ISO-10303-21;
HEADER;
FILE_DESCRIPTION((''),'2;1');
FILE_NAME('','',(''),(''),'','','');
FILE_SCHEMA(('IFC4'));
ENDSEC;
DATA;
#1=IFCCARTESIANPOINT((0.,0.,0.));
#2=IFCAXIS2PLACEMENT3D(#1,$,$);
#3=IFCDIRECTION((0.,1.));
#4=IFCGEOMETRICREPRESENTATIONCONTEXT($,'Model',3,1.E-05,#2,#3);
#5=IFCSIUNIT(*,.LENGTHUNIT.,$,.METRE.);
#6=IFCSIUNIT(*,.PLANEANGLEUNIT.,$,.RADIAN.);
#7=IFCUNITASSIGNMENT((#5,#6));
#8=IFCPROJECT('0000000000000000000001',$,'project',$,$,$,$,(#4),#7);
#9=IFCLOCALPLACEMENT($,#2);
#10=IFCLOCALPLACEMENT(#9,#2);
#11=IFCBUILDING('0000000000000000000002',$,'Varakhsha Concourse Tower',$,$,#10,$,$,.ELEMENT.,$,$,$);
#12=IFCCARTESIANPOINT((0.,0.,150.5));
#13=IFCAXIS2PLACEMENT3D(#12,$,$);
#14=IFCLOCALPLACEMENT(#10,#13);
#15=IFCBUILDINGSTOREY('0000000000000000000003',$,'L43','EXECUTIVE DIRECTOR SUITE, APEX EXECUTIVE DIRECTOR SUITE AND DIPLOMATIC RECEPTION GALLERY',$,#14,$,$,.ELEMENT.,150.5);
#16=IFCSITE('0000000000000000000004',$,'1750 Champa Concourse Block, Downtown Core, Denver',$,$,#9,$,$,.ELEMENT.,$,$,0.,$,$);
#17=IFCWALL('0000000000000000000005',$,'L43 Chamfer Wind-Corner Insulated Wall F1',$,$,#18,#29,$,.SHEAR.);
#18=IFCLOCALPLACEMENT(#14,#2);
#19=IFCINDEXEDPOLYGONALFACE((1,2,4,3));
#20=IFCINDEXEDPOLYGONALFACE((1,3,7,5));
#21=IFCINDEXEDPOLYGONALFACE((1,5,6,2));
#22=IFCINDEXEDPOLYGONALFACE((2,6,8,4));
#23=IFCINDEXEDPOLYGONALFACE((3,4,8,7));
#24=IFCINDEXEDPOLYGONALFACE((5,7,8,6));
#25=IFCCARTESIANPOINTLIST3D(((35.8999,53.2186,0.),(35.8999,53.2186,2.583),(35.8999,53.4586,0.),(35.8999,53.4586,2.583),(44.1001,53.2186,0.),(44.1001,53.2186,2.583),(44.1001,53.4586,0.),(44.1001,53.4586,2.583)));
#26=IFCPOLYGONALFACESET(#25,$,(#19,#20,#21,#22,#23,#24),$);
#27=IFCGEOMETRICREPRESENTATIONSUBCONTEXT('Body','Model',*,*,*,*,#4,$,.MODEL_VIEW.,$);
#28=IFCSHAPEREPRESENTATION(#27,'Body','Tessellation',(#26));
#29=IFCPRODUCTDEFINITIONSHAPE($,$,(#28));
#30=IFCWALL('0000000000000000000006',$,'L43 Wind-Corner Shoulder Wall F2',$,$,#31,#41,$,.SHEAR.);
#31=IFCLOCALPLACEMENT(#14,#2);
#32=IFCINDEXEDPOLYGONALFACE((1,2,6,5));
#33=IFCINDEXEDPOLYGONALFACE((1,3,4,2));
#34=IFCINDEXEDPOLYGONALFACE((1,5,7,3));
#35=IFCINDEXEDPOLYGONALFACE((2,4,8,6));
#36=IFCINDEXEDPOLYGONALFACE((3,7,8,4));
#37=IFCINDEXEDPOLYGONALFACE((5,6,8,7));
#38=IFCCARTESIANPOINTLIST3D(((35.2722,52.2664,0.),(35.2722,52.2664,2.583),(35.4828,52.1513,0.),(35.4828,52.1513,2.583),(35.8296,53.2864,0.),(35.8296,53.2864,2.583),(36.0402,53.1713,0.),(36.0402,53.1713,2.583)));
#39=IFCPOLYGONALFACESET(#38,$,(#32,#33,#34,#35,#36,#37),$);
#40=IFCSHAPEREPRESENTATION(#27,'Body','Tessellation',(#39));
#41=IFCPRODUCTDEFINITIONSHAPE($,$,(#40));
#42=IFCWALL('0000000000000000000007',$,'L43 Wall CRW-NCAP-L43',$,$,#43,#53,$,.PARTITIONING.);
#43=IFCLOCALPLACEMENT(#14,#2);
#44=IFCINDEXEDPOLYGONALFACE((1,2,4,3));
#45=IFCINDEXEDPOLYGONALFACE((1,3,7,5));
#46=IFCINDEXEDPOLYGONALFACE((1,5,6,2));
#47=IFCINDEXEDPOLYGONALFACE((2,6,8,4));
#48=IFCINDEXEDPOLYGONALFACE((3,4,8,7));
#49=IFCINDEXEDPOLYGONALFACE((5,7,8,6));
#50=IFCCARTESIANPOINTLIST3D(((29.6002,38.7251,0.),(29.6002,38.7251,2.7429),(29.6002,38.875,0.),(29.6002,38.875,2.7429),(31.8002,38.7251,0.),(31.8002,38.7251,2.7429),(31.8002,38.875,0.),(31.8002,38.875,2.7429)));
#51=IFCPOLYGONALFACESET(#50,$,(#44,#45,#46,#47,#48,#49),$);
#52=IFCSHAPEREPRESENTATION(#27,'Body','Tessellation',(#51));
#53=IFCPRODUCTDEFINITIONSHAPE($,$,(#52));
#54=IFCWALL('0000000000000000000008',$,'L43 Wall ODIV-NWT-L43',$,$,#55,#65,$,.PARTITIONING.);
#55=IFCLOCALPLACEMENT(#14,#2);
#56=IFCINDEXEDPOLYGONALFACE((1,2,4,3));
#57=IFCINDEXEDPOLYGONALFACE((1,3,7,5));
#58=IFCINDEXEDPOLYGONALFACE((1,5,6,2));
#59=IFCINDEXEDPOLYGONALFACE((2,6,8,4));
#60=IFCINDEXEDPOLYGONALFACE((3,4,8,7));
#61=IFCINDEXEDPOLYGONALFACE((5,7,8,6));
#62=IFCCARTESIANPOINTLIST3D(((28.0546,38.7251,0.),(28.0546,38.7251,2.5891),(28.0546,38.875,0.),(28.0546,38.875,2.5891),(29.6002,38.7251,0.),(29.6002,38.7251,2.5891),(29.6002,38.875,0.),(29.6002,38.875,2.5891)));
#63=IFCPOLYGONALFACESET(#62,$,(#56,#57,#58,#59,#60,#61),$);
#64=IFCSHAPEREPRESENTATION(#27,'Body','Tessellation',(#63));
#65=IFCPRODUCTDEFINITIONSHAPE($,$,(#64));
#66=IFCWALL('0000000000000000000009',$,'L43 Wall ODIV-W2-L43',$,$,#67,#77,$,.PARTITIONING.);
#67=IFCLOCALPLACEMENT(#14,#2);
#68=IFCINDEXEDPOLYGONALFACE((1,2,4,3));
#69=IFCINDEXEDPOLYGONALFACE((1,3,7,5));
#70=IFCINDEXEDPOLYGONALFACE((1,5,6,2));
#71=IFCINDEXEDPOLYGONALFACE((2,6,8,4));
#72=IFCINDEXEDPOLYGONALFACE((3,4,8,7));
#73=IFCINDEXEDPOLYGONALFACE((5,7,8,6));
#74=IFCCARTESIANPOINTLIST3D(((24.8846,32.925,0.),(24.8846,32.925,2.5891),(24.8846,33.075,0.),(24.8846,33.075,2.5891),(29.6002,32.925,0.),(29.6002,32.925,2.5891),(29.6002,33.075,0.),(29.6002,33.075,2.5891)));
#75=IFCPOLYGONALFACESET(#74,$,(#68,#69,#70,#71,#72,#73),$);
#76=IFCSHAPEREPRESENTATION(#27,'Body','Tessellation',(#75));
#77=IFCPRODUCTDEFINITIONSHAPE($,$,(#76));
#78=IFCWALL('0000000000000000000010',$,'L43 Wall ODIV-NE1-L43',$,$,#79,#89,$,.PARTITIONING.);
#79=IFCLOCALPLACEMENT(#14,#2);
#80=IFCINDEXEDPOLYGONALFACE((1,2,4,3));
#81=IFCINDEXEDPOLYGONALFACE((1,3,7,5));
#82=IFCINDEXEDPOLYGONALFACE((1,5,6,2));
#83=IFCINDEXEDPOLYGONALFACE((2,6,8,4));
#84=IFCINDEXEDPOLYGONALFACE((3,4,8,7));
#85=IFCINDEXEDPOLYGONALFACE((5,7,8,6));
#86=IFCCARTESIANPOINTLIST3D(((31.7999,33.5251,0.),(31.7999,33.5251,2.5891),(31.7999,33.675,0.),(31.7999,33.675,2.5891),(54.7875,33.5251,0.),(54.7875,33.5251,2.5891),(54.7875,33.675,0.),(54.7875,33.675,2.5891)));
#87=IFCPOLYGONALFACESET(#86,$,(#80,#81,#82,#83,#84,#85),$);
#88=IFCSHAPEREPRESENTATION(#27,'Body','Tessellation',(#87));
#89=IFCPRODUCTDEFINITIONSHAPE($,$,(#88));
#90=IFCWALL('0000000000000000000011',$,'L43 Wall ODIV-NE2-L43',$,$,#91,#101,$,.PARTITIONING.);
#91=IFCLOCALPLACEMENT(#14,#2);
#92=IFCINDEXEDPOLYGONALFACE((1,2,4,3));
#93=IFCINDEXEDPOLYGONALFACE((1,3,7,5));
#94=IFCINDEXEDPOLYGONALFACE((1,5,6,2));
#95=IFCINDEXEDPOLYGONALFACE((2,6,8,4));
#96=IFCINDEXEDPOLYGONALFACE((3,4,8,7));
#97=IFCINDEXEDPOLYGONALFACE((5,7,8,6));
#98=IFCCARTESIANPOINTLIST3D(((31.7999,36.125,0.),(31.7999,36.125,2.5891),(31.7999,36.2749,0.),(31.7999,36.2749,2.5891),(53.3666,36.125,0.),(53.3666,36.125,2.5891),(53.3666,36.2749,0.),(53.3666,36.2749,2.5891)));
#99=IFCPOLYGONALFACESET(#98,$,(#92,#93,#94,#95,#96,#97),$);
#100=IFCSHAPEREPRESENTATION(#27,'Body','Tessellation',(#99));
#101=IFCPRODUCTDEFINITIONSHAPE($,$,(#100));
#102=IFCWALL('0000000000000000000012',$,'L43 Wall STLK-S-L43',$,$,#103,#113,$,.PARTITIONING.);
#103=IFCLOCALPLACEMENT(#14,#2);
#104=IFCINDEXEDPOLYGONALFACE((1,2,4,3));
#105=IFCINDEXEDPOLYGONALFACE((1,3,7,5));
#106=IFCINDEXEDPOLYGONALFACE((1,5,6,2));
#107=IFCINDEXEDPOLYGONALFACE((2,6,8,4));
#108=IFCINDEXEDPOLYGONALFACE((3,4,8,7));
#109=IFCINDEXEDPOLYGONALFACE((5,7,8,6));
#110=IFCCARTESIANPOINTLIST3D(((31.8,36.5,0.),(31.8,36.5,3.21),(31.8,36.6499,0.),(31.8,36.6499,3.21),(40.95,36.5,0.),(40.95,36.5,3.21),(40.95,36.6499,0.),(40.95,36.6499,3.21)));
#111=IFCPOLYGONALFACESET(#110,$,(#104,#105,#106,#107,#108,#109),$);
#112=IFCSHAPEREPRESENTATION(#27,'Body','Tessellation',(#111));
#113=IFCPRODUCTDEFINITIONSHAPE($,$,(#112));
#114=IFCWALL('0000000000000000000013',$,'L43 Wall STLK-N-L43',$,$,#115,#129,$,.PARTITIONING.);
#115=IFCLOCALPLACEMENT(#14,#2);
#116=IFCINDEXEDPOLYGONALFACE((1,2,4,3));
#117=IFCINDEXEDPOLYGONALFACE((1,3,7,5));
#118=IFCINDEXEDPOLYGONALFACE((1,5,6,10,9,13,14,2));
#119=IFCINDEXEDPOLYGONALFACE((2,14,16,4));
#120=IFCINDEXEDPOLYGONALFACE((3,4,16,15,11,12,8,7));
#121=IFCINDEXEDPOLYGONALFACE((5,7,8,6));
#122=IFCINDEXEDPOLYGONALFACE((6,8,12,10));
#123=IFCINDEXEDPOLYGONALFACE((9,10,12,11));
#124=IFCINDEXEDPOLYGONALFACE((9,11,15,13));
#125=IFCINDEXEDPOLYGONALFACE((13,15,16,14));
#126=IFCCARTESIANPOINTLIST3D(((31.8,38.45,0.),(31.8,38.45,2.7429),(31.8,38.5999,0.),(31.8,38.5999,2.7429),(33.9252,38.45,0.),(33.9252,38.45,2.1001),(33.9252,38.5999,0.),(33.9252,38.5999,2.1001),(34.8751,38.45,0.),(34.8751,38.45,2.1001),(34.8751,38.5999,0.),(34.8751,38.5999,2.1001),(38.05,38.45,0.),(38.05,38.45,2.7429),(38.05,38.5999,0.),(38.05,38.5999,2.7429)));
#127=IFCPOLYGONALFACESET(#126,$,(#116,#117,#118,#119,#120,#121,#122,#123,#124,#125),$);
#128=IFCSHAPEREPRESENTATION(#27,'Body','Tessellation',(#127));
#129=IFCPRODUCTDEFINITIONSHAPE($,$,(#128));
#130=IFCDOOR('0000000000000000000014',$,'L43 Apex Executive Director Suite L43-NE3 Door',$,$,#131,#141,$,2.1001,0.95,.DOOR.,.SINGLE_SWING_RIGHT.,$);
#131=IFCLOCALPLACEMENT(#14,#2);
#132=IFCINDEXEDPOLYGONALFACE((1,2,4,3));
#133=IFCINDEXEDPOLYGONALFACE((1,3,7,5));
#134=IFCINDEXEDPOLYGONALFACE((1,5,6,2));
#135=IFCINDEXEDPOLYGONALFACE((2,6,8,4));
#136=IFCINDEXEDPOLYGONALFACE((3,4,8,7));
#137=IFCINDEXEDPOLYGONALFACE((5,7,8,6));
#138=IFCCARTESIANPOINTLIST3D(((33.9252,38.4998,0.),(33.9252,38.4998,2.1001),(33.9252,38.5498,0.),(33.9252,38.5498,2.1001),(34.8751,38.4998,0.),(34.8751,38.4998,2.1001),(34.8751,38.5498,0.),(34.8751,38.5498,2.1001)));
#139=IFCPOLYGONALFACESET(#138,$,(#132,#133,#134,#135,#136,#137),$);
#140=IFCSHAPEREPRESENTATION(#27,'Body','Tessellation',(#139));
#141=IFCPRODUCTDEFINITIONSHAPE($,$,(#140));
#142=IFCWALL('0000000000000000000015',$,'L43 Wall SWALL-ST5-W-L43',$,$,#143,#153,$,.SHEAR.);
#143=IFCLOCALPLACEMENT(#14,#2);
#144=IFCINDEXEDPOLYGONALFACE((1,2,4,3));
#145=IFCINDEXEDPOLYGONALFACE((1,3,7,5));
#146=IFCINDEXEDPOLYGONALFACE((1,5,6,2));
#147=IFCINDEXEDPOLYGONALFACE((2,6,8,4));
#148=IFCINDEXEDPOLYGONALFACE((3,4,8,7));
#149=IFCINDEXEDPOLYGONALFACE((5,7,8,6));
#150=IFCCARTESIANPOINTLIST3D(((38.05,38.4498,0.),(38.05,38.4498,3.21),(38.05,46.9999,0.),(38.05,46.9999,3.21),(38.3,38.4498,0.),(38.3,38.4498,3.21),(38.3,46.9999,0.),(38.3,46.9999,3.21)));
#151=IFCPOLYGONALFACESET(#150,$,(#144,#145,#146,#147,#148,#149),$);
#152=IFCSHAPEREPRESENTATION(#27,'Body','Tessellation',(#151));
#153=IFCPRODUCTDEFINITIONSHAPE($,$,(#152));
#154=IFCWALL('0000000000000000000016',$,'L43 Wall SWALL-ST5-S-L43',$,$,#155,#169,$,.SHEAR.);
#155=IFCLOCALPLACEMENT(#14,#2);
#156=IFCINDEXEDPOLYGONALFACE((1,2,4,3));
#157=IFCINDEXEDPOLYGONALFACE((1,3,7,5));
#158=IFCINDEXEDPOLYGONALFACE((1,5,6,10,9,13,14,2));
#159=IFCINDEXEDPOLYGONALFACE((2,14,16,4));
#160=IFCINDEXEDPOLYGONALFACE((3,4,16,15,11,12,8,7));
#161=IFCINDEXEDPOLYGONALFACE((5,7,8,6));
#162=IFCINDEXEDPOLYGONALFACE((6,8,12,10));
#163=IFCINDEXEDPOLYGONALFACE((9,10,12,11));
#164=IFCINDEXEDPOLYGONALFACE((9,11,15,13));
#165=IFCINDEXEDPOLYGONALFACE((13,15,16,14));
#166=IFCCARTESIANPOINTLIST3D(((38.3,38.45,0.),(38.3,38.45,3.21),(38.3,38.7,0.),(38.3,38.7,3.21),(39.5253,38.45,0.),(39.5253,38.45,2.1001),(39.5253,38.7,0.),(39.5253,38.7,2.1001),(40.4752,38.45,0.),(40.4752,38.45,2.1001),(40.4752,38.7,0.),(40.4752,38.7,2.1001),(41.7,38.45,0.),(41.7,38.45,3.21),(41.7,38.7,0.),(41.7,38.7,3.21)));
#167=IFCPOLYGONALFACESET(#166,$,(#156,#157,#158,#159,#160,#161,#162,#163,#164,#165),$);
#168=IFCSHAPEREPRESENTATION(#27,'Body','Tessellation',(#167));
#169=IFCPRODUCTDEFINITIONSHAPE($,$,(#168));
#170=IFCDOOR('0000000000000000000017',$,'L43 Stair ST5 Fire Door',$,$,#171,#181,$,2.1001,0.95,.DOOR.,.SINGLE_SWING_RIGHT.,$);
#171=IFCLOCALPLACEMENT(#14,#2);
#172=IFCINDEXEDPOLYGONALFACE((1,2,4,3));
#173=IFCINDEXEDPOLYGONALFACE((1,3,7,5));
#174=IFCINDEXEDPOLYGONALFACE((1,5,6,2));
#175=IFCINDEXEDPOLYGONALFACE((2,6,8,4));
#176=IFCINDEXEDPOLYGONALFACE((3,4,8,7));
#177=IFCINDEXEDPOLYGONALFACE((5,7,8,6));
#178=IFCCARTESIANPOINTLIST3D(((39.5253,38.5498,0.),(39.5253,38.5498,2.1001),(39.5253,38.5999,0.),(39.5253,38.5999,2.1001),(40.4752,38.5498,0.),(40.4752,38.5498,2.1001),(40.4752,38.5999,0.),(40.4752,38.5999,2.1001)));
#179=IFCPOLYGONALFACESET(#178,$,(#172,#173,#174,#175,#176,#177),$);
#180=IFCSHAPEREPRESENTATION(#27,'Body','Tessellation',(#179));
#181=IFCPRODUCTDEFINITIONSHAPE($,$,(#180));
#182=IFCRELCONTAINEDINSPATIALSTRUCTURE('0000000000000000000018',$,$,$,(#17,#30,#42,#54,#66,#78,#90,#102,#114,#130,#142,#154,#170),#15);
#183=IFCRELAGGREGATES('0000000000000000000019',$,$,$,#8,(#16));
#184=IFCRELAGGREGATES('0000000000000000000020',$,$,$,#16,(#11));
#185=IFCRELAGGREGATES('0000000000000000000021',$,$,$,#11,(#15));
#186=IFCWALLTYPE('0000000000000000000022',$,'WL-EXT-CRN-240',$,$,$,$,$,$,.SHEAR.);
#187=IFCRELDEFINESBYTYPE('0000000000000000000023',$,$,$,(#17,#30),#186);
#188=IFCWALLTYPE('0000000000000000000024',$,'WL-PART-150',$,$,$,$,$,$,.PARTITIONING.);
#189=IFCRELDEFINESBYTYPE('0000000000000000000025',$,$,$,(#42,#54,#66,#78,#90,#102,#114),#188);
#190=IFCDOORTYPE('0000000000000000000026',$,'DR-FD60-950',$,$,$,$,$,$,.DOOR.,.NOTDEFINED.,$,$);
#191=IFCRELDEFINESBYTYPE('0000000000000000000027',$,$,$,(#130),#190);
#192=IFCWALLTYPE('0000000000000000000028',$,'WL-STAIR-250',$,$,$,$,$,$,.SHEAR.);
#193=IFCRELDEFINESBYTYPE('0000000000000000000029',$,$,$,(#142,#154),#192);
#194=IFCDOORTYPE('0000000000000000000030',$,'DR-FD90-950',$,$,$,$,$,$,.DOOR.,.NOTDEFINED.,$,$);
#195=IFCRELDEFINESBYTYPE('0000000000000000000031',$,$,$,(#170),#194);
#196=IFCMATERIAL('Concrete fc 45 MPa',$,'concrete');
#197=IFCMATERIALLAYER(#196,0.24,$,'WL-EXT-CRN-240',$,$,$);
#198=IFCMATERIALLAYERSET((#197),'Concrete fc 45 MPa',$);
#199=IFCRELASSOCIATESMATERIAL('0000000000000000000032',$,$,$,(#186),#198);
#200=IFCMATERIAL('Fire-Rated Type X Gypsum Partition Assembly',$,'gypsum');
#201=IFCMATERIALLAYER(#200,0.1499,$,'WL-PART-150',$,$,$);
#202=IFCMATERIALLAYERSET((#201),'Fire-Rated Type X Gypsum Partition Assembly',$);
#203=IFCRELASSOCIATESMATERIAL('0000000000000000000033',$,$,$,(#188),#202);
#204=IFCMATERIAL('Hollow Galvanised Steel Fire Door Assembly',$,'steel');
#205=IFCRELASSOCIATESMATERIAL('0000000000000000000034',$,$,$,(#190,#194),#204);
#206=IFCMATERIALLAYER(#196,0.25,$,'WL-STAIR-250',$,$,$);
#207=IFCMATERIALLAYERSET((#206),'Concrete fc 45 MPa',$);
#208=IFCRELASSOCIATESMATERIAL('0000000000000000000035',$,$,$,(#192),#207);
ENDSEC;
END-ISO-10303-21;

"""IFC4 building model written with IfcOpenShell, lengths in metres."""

from ifc_helpers import new_model, si_unit, direction, frame, frame_2d, origin, place, context, subcontext, project, spatial, rectangle, extrude, material, layer, layer_set, type_object, element, fill, save


model = new_model("IFC4")

# Units and contexts
model_context = context("Model", 3, precision=1e-05, world=origin(), true_north=direction((0.0, 1.0)))
body_context = subcontext(model_context, "Body", "Model", "MODEL_VIEW")
ifc_project = project(units=[si_unit("LENGTHUNIT", "METRE"), si_unit("PLANEANGLEUNIT", "RADIAN")], contexts=[model_context])

# Site, building, storey
site_placement = place(None, origin())
site = spatial("IfcSite", under=ifc_project, at=site_placement, Name="1750 Champa Concourse Block, Downtown Core, Denver", CompositionType="ELEMENT", RefElevation=0.0)
building_placement = place(site_placement, origin())
building = spatial("IfcBuilding", under=site, at=building_placement, Name="Varakhsha Concourse Tower", CompositionType="ELEMENT")
storey_placement = place(building_placement, frame((0.0, 0.0, 150.5)))
storey = spatial("IfcBuildingStorey", under=building, at=storey_placement, Name="L43", Description="EXECUTIVE DIRECTOR SUITE, APEX EXECUTIVE DIRECTOR SUITE AND DIPLOMATIC RECEPTION GALLERY", CompositionType="ELEMENT", Elevation=150.5)

# Walls
ifc_material_1 = material(Name="Concrete fc 45 MPa", Category="concrete")
ifc_layer_1 = layer(ifc_material_1, 0.24, Name="WL-EXT-CRN-240")
ifc_layer_set_1 = layer_set([ifc_layer_1], Name="Concrete fc 45 MPa")
wall_type_1 = type_object("IfcWallType", Name="WL-EXT-CRN-240", PredefinedType="SHEAR", material=ifc_layer_set_1)
wall_1_placement = place(storey_placement, frame((35.8999, 53.3386, 0.0), z_axis=(0.0, 0.0, 1.0), x_axis=(1.0, 0.0, 0.0)))
element("IfcWall", 1, at=wall_1_placement, inside=storey, type_object=wall_type_1, Name="L43 Chamfer Wind-Corner Insulated Wall F1", PredefinedType="SHEAR", context=body_context, shape_type="SweptSolid", body=[
    extrude(rectangle(XDim=8.2002, YDim=0.24, at=frame_2d((4.1001, 0.0))), origin(), (0.0, 0.0, 1.0), 2.583),
])
wall_2_placement = place(storey_placement, frame((35.9348, 53.2288, 0.0), z_axis=(0.0, 0.0, 1.0), x_axis=(-0.479514, -0.877534, 0.0)))
element("IfcWall", 2, at=wall_2_placement, inside=storey, type_object=wall_type_1, Name="L43 Wind-Corner Shoulder Wall F2", PredefinedType="SHEAR", context=body_context, shape_type="SweptSolid", body=[
    extrude(rectangle(XDim=1.1624, YDim=0.24, at=frame_2d((0.5811, 0.0))), origin(), (0.0, 0.0, 1.0), 2.583),
])
ifc_material_2 = material(Name="Fire-Rated Type X Gypsum Partition Assembly", Category="gypsum")
ifc_layer_2 = layer(ifc_material_2, 0.1499, Name="WL-PART-150")
ifc_layer_set_2 = layer_set([ifc_layer_2], Name="Fire-Rated Type X Gypsum Partition Assembly")
wall_type_2 = type_object("IfcWallType", Name="WL-PART-150", PredefinedType="PARTITIONING", material=ifc_layer_set_2)
wall_3_placement = place(storey_placement, frame((29.6001, 38.8, 0.0), z_axis=(0.0, 0.0, 1.0), x_axis=(1.0, 0.0, 0.0)))
element("IfcWall", 3, at=wall_3_placement, inside=storey, type_object=wall_type_2, Name="L43 Wall CRW-NCAP-L43", PredefinedType="PARTITIONING", context=body_context, shape_type="SweptSolid", body=[
    extrude(rectangle(XDim=2.2, YDim=0.1499, at=frame_2d((1.1001, 0.0))), origin(), (0.0, 0.0, 1.0), 2.7429),
])
wall_4_placement = place(storey_placement, frame((28.0544, 38.8, 0.0), z_axis=(0.0, 0.0, 1.0), x_axis=(1.0, 0.0, 0.0)))
element("IfcWall", 4, at=wall_4_placement, inside=storey, type_object=wall_type_2, Name="L43 Wall ODIV-NWT-L43", PredefinedType="PARTITIONING", context=body_context, shape_type="SweptSolid", body=[
    extrude(rectangle(XDim=1.5457, YDim=0.1499, at=frame_2d((0.7729, 0.0))), origin(), (0.0, 0.0, 1.0), 2.5891),
])
wall_5_placement = place(storey_placement, frame((24.8845, 33.0, 0.0), z_axis=(0.0, 0.0, 1.0), x_axis=(1.0, 0.0, 0.0)))
element("IfcWall", 5, at=wall_5_placement, inside=storey, type_object=wall_type_2, Name="L43 Wall ODIV-W2-L43", PredefinedType="PARTITIONING", context=body_context, shape_type="SweptSolid", body=[
    extrude(rectangle(XDim=4.7156, YDim=0.1499, at=frame_2d((2.3579, 0.0))), origin(), (0.0, 0.0, 1.0), 2.5891),
])
wall_6_placement = place(storey_placement, frame((31.8, 33.6001, 0.0), z_axis=(0.0, 0.0, 1.0), x_axis=(1.0, 0.0, 0.0)))
element("IfcWall", 6, at=wall_6_placement, inside=storey, type_object=wall_type_2, Name="L43 Wall ODIV-NE1-L43", PredefinedType="PARTITIONING", context=body_context, shape_type="SweptSolid", body=[
    extrude(rectangle(XDim=22.9875, YDim=0.1499, at=frame_2d((11.4937, 0.0))), origin(), (0.0, 0.0, 1.0), 2.5891),
])
wall_7_placement = place(storey_placement, frame((31.8, 36.2, 0.0), z_axis=(0.0, 0.0, 1.0), x_axis=(1.0, 0.0, 0.0)))
element("IfcWall", 7, at=wall_7_placement, inside=storey, type_object=wall_type_2, Name="L43 Wall ODIV-NE2-L43", PredefinedType="PARTITIONING", context=body_context, shape_type="SweptSolid", body=[
    extrude(rectangle(XDim=21.5667, YDim=0.1499, at=frame_2d((10.7832, 0.0))), origin(), (0.0, 0.0, 1.0), 2.5891),
])
wall_8_placement = place(storey_placement, frame((31.8, 36.575, 0.0), z_axis=(0.0, 0.0, 1.0), x_axis=(1.0, 0.0, 0.0)))
element("IfcWall", 8, at=wall_8_placement, inside=storey, type_object=wall_type_2, Name="L43 Wall STLK-S-L43", PredefinedType="PARTITIONING", context=body_context, shape_type="SweptSolid", body=[
    extrude(rectangle(XDim=9.1499, YDim=0.1499, at=frame_2d((4.575, 0.0))), origin(), (0.0, 0.0, 1.0), 3.21),
])

# Wall, opening, door
wall_9_placement = place(storey_placement, frame((31.8, 38.5249, 0.0), z_axis=(0.0, 0.0, 1.0), x_axis=(1.0, 0.0, 0.0)))
wall_9 = element("IfcWall", 9, at=wall_9_placement, inside=storey, type_object=wall_type_2, Name="L43 Wall STLK-N-L43", PredefinedType="PARTITIONING", context=body_context, shape_type="SweptSolid", body=[
    extrude(rectangle(XDim=6.25, YDim=0.1499, at=frame_2d((3.125, 0.0))), origin(), (0.0, 0.0, 1.0), 2.7429),
])
opening_1_placement = place(wall_9_placement, frame((2.125, 0.0, 0.0)))
opening_1 = element("IfcOpeningElement", 10, at=opening_1_placement, cuts=wall_9, PredefinedType="OPENING", context=body_context, shape_type="SweptSolid", body=[
    extrude(rectangle(XDim=0.95, YDim=2.1001, at=frame_2d((0.4751, 1.05))), frame((0.0, 0.085, 0.0), z_axis=(0.0, -1.0, 0.0), x_axis=(1.0, 0.0, 0.0)), (0.0, 0.0, 1.0), 0.1699),
])
ifc_material_3 = material(Name="Hollow Galvanised Steel Fire Door Assembly", Category="steel")
door_type_1 = type_object("IfcDoorType", Name="DR-FD60-950", OperationType="NOTDEFINED", PredefinedType="DOOR", material=ifc_material_3)
door_1_placement = place(opening_1_placement, origin())
door_1 = element("IfcDoor", 11, at=door_1_placement, inside=storey, type_object=door_type_1, Name="L43 Apex Executive Director Suite L43-NE3 Door", OperationType="SINGLE_SWING_RIGHT", OverallHeight=2.1001, OverallWidth=0.95, PredefinedType="DOOR", context=body_context, shape_type="SweptSolid", body=[
    extrude(rectangle(XDim=0.95, YDim=2.1001, at=frame_2d((0.4751, 1.05))), frame((0.0, 0.0249, 0.0), z_axis=(0.0, -1.0, 0.0), x_axis=(1.0, 0.0, 0.0)), (0.0, 0.0, 1.0), 0.05),
])
fill(opening_1, door_1)

# Wall
ifc_layer_3 = layer(ifc_material_1, 0.25, Name="WL-STAIR-250")
ifc_layer_set_3 = layer_set([ifc_layer_3], Name="Concrete fc 45 MPa")
wall_type_3 = type_object("IfcWallType", Name="WL-STAIR-250", PredefinedType="SHEAR", material=ifc_layer_set_3)
wall_10_placement = place(storey_placement, frame((38.175, 38.45, 0.0), z_axis=(0.0, 0.0, 1.0), x_axis=(0.0, 1.0, 0.0)))
element("IfcWall", 12, at=wall_10_placement, inside=storey, type_object=wall_type_3, Name="L43 Wall SWALL-ST5-W-L43", PredefinedType="SHEAR", context=body_context, shape_type="SweptSolid", body=[
    extrude(rectangle(XDim=8.55, YDim=0.25, at=frame_2d((4.2749, 0.0))), origin(), (0.0, 0.0, 1.0), 3.21),
])

# Wall, opening, door
wall_11_placement = place(storey_placement, frame((38.3, 38.575, 0.0), z_axis=(0.0, 0.0, 1.0), x_axis=(1.0, 0.0, 0.0)))
wall_11 = element("IfcWall", 13, at=wall_11_placement, inside=storey, type_object=wall_type_3, Name="L43 Wall SWALL-ST5-S-L43", PredefinedType="SHEAR", context=body_context, shape_type="SweptSolid", body=[
    extrude(rectangle(XDim=3.3999, YDim=0.25, at=frame_2d((1.7, 0.0))), origin(), (0.0, 0.0, 1.0), 3.21),
])
opening_2_placement = place(wall_11_placement, frame((1.2251, 0.0, 0.0)))
opening_2 = element("IfcOpeningElement", 14, at=opening_2_placement, cuts=wall_11, PredefinedType="OPENING", context=body_context, shape_type="SweptSolid", body=[
    extrude(rectangle(XDim=0.95, YDim=2.1001, at=frame_2d((0.4751, 1.05))), frame((0.0, 0.135, 0.0), z_axis=(0.0, -1.0, 0.0), x_axis=(1.0, 0.0, 0.0)), (0.0, 0.0, 1.0), 0.27),
])
door_type_2 = type_object("IfcDoorType", Name="DR-FD90-950", OperationType="NOTDEFINED", PredefinedType="DOOR", material=ifc_material_3)
door_2_placement = place(opening_2_placement, origin())
door_2 = element("IfcDoor", 15, at=door_2_placement, inside=storey, type_object=door_type_2, Name="L43 Stair ST5 Fire Door", OperationType="SINGLE_SWING_RIGHT", OverallHeight=2.1001, OverallWidth=0.95, PredefinedType="DOOR", context=body_context, shape_type="SweptSolid", body=[
    extrude(rectangle(XDim=0.95, YDim=2.1001, at=frame_2d((0.4751, 1.05))), frame((0.0, 0.0249, 0.0), z_axis=(0.0, -1.0, 0.0), x_axis=(1.0, 0.0, 0.0)), (0.0, 0.0, 1.0), 0.05),
])
fill(opening_2, door_2)

save(model, "model.ifc")
